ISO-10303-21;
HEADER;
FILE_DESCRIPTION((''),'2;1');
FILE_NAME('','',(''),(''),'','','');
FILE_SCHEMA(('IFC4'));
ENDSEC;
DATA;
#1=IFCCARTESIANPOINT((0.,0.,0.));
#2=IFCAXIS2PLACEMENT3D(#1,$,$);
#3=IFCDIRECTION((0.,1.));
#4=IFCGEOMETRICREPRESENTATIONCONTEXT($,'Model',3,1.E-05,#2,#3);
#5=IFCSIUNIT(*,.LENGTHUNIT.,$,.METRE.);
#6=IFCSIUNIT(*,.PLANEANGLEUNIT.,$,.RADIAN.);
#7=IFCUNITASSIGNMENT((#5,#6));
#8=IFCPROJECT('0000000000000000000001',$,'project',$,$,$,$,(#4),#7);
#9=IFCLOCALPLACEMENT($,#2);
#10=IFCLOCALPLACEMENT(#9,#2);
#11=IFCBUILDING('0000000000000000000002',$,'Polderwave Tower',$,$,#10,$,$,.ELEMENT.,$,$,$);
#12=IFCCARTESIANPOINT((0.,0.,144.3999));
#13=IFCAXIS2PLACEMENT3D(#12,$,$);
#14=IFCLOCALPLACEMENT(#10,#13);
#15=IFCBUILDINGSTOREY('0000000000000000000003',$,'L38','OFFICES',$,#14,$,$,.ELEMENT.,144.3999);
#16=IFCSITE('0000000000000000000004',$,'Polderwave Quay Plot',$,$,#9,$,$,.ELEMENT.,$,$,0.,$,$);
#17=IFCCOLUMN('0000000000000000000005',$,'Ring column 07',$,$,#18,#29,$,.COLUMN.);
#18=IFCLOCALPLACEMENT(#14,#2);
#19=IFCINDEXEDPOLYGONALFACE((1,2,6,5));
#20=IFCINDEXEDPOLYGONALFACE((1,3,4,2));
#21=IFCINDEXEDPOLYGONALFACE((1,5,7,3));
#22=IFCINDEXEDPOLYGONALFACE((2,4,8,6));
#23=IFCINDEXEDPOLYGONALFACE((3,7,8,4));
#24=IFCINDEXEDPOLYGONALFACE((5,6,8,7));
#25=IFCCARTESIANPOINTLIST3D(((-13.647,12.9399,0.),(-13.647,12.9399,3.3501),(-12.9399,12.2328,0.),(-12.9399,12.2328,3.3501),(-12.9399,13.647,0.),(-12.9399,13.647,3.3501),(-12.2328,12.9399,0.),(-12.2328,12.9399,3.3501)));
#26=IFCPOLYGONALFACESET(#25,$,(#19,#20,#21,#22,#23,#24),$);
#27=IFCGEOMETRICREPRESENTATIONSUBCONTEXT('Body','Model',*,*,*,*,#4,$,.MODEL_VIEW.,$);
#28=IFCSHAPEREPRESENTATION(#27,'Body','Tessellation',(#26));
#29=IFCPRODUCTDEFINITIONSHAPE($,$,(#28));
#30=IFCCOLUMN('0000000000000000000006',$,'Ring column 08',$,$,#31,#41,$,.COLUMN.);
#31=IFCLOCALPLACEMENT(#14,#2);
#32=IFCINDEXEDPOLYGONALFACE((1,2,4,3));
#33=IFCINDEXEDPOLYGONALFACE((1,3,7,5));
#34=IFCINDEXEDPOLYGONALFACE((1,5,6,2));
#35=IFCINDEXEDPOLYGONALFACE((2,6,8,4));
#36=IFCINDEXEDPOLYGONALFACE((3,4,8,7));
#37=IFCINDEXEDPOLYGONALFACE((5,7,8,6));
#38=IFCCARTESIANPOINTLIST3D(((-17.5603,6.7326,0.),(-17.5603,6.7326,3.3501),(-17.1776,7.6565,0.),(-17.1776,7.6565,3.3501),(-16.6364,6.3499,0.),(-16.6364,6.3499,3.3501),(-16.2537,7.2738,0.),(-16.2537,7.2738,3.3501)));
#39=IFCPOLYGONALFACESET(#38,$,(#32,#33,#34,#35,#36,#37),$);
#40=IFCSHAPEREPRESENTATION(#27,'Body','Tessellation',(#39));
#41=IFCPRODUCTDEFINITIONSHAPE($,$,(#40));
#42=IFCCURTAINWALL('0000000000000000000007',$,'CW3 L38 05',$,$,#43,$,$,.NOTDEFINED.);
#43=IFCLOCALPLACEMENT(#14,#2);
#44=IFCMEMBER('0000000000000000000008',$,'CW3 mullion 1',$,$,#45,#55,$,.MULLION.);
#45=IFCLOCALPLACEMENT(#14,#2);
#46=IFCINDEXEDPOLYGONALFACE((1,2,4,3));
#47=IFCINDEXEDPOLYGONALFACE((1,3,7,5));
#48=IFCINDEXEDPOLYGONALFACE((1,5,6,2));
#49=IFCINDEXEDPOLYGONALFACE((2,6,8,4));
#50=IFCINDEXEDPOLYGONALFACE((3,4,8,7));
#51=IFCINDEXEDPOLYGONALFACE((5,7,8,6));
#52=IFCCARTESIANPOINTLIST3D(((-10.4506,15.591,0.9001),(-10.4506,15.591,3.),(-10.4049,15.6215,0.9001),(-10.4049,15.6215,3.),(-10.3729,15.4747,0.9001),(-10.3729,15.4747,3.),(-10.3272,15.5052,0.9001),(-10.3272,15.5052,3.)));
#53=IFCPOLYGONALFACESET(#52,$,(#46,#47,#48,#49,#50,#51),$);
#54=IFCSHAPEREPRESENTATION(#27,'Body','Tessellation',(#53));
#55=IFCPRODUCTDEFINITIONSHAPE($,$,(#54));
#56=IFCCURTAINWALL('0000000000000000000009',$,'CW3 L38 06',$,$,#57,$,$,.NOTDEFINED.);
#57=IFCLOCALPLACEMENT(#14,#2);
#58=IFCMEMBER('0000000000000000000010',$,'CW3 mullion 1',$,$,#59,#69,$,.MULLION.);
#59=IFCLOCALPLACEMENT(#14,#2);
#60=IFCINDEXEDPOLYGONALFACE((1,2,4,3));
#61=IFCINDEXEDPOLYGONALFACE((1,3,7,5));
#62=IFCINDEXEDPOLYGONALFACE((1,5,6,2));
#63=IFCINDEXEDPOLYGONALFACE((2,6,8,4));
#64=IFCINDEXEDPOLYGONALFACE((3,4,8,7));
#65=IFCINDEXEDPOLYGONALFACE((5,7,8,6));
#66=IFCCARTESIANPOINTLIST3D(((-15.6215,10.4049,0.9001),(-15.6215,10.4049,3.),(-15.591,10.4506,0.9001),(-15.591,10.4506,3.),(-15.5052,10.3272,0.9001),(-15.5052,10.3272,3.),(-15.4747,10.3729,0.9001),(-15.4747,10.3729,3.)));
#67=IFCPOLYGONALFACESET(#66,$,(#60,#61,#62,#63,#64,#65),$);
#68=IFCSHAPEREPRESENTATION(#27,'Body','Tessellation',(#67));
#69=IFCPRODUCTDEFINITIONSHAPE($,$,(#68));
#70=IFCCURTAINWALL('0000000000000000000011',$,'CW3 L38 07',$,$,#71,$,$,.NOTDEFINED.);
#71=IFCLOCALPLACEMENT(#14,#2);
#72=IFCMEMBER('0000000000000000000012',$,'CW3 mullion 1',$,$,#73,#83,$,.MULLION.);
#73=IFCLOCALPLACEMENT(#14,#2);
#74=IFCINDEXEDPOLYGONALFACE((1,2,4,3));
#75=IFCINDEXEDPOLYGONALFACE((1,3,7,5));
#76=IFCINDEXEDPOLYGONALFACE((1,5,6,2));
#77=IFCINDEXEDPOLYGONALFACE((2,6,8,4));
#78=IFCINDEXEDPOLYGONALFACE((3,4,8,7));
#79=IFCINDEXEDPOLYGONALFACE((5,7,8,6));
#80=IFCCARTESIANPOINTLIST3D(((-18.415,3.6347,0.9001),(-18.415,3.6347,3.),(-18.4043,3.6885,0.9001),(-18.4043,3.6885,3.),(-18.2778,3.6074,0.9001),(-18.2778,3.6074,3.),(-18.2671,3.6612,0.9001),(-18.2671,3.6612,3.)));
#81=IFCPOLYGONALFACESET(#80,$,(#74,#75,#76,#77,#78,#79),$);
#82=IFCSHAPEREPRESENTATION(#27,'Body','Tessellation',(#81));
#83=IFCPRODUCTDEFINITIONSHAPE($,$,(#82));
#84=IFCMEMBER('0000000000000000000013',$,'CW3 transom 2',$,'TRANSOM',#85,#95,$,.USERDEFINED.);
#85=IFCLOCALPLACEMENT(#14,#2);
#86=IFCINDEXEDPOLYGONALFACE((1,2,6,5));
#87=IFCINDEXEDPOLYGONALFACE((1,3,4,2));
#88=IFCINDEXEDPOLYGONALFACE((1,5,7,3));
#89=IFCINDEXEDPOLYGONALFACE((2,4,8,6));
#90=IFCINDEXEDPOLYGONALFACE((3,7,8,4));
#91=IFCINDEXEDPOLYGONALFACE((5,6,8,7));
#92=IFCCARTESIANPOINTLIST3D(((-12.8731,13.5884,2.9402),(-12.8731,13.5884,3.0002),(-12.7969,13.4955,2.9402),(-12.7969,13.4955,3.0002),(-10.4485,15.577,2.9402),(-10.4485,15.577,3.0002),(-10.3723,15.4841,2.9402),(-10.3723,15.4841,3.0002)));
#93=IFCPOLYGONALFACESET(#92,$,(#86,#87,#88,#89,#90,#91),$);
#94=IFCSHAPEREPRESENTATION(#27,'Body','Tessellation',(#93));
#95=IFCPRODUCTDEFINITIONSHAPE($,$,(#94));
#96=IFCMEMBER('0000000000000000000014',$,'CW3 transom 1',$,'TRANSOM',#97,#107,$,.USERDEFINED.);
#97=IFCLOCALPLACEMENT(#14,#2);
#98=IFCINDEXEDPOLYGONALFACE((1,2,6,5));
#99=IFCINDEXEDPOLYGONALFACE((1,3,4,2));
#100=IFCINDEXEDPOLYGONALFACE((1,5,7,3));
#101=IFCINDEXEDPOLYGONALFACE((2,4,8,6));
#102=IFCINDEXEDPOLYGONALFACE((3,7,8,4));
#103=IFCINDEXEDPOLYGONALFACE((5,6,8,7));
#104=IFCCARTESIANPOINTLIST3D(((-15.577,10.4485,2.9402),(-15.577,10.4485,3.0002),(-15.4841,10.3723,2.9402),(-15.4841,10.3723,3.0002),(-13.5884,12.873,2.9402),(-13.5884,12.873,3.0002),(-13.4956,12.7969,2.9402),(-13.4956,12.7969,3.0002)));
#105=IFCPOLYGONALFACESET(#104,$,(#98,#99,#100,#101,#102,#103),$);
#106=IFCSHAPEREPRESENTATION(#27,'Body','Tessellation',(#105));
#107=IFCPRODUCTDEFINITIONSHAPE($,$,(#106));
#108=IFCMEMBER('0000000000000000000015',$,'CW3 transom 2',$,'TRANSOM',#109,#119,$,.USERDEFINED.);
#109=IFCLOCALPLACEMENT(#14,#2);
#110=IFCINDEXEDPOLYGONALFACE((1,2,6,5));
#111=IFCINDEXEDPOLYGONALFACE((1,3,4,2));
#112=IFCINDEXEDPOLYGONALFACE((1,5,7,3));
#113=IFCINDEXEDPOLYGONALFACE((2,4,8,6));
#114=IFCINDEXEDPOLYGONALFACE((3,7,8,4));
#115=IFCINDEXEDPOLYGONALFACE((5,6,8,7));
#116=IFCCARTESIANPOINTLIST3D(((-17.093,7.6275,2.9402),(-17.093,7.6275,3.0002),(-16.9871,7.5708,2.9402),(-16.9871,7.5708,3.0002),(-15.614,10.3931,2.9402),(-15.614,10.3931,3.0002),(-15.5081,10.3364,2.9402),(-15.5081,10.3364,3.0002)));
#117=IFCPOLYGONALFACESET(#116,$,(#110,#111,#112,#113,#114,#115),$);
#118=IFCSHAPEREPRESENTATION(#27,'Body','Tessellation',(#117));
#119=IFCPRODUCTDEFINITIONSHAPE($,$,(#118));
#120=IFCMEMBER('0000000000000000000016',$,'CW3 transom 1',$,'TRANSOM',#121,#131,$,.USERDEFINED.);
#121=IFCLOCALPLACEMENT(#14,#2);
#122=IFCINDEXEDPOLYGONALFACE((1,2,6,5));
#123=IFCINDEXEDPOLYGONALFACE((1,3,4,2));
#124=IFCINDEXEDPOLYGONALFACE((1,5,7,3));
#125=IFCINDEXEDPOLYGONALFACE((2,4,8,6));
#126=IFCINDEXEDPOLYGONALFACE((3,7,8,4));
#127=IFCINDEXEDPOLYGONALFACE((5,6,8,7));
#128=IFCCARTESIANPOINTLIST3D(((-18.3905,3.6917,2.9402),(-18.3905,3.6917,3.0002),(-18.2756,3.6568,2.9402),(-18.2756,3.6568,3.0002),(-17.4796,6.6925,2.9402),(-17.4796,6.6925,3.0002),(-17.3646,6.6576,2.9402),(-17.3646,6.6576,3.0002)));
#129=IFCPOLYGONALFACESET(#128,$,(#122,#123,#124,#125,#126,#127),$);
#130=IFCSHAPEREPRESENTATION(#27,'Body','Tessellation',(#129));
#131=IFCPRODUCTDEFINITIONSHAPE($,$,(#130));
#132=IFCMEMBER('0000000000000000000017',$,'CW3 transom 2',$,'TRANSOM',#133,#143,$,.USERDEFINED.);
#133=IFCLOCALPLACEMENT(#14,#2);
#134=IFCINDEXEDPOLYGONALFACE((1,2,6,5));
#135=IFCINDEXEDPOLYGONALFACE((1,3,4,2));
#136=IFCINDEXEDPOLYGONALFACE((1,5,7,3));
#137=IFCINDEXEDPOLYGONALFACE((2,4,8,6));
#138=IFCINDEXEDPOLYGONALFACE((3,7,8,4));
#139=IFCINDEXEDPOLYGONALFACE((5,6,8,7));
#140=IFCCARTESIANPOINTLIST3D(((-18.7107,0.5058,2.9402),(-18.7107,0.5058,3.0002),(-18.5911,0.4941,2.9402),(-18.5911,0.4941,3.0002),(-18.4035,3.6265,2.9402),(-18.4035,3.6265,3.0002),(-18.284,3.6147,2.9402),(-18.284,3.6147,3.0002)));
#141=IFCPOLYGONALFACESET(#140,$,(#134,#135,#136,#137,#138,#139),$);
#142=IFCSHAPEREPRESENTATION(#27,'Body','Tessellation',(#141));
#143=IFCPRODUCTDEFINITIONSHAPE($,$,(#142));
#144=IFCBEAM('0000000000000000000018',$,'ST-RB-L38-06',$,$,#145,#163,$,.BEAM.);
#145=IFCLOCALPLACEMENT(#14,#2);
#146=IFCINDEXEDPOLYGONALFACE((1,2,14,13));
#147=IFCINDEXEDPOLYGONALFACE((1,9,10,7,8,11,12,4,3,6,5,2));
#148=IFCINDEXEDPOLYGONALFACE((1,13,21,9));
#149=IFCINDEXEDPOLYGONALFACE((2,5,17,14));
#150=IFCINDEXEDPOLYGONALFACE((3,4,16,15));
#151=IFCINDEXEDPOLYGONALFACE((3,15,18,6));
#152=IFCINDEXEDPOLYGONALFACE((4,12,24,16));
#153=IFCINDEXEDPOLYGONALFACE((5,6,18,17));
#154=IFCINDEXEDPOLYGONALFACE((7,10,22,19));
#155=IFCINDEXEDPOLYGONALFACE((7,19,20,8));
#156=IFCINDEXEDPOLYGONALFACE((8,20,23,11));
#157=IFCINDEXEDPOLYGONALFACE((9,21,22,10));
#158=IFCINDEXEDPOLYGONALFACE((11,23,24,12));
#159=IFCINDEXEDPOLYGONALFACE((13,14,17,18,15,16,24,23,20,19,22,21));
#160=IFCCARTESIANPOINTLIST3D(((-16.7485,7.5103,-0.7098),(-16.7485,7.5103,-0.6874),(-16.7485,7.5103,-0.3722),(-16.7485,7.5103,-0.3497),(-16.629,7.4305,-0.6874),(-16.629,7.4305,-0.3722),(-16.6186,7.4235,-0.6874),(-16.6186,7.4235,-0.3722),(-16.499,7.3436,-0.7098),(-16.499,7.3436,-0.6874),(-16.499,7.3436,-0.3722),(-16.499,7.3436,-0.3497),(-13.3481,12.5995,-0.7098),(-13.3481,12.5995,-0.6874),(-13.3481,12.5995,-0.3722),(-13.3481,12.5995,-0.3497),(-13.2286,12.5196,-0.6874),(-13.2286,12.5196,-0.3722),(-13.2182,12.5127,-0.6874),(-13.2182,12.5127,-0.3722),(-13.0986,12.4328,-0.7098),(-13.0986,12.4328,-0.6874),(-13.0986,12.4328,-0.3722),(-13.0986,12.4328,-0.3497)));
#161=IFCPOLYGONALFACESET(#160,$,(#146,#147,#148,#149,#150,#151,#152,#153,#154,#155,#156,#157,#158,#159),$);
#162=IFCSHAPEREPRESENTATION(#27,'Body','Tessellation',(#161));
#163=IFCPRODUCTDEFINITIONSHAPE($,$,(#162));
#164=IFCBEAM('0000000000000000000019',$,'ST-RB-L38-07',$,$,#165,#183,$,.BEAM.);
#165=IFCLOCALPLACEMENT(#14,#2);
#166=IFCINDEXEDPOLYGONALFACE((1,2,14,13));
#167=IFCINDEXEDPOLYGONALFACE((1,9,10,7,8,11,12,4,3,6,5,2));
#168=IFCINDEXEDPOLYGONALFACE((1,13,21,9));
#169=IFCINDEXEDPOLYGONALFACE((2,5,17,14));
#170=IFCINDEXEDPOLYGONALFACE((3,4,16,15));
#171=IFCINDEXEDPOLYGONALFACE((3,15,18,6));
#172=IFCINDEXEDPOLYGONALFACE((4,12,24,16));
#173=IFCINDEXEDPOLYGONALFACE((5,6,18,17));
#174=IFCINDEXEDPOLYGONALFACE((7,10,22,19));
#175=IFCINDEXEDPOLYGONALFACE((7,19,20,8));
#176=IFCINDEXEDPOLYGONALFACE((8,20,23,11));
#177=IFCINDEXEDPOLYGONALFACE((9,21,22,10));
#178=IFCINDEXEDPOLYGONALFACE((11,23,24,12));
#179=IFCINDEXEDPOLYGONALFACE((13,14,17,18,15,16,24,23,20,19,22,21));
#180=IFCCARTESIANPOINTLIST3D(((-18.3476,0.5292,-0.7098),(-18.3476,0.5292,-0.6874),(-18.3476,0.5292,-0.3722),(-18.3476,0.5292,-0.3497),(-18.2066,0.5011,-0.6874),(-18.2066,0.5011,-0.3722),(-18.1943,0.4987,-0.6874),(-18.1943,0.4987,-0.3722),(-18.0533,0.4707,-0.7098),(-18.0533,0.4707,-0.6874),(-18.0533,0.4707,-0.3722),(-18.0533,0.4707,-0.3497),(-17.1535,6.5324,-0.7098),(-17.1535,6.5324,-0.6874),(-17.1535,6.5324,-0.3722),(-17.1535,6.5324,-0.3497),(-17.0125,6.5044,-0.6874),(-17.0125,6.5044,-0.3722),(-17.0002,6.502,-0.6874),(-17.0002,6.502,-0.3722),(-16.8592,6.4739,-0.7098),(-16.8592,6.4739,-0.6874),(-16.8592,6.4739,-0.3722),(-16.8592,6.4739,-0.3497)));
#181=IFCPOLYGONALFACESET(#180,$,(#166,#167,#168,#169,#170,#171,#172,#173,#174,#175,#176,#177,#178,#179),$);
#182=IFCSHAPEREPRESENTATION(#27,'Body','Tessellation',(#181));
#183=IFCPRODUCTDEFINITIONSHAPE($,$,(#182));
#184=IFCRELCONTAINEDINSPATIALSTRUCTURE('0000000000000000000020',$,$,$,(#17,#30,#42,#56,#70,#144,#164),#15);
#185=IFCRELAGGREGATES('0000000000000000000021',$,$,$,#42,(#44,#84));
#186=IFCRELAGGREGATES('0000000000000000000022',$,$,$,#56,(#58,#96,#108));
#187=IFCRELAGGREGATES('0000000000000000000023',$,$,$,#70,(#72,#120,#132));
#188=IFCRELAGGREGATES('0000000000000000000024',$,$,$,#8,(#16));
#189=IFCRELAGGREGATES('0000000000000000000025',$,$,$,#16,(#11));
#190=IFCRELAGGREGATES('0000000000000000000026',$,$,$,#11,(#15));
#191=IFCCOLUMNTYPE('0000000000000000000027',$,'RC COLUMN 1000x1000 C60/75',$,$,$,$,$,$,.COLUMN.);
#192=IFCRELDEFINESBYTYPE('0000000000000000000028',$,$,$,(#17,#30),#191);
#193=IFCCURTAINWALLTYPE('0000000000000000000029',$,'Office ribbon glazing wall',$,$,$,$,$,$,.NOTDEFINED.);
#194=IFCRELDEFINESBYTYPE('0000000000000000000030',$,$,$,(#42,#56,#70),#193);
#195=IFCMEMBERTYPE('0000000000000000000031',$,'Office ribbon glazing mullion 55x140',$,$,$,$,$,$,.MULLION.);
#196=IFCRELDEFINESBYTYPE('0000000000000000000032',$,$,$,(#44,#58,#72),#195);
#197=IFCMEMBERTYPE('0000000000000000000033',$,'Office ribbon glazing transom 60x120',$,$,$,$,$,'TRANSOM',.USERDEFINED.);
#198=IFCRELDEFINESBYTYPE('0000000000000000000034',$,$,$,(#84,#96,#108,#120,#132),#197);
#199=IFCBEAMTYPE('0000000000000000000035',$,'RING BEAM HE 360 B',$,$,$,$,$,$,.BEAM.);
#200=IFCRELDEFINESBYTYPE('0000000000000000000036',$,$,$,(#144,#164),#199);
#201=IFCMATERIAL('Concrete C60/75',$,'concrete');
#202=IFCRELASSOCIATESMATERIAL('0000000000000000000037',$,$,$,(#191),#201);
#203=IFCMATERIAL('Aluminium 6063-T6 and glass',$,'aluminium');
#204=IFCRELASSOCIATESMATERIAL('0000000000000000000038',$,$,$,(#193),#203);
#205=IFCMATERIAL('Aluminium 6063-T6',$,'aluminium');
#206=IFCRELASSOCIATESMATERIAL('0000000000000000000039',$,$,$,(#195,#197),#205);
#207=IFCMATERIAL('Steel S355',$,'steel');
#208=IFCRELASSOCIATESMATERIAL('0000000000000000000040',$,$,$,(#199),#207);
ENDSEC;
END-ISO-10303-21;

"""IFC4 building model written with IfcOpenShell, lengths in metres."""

from ifc_helpers import new_model, si_unit, direction, frame, origin, origin_2d, place, context, subcontext, project, spatial, rectangle, i_section, extrude, material, material_profile, profile_set, type_object, element, aggregate, save


model = new_model("IFC4")

# Units and contexts
model_context = context("Model", 3, precision=1e-05, world=origin(), true_north=direction((0.0, 1.0)))
body_context = subcontext(model_context, "Body", "Model", "MODEL_VIEW")
ifc_project = project(units=[si_unit("LENGTHUNIT", "METRE"), si_unit("PLANEANGLEUNIT", "RADIAN")], contexts=[model_context])

# Site, building, storey
site_placement = place(None, origin())
site = spatial("IfcSite", under=ifc_project, at=site_placement, Name="Polderwave Quay Plot", CompositionType="ELEMENT", RefElevation=0.0)
building_placement = place(site_placement, origin())
building = spatial("IfcBuilding", under=site, at=building_placement, Name="Polderwave Tower", CompositionType="ELEMENT")
storey_placement = place(building_placement, frame((0.0, 0.0, 144.3999)))
storey = spatial("IfcBuildingStorey", under=building, at=storey_placement, Name="L38", Description="OFFICES", CompositionType="ELEMENT", Elevation=144.3999)

# Columns
ifc_material_1 = material(Name="Concrete C60/75", Category="concrete")
ifc_material_profile_1 = material_profile(ifc_material_1, rectangle(XDim=1.0, YDim=1.0, at=origin_2d()), Name="RC 1000x1000")
ifc_profile_set_1 = profile_set([ifc_material_profile_1], Name="Concrete C60/75")
column_type = type_object("IfcColumnType", Name="RC COLUMN 1000x1000 C60/75", PredefinedType="COLUMN", material=ifc_profile_set_1)
for number, where, z_axis, x_axis, name in (
    (1, (-12.9399, 12.9399, 0.0), (0.0, 0.0, 1.0), (-0.707107, 0.707107, 0.0), "Ring column 07"),
    (2, (-16.907, 7.0032, 0.0), (0.0, 0.0, 1.0), (-0.92388, 0.382683, 0.0), "Ring column 08"),
):
    element("IfcColumn", number, at=place(storey_placement, frame(where, z_axis=z_axis, x_axis=x_axis)), inside=storey, type_object=column_type, Name=name, PredefinedType="COLUMN", context=body_context, shape_type="SweptSolid", body=[
        extrude(rectangle(XDim=1.0, YDim=1.0, at=origin_2d()), origin(), (0.0, 0.0, 1.0), 3.3501),
    ])

# Curtain walls, members
ifc_material_2 = material(Name="Aluminium 6063-T6 and glass", Category="aluminium")
curtain_wall_type = type_object("IfcCurtainWallType", Name="Office ribbon glazing wall", PredefinedType="NOTDEFINED", material=ifc_material_2)
curtain_wall_1_placement = place(storey_placement, origin())
curtain_wall_1 = element("IfcCurtainWall", 3, at=curtain_wall_1_placement, inside=storey, type_object=curtain_wall_type, Name="CW3 L38 05", PredefinedType="NOTDEFINED")
ifc_material_3 = material(Name="Aluminium 6063-T6", Category="aluminium")
ifc_material_profile_2 = material_profile(ifc_material_3, rectangle(XDim=0.1399, YDim=0.0549, at=origin_2d()), Name="AL 55x140")
ifc_profile_set_2 = profile_set([ifc_material_profile_2], Name="Aluminium 6063-T6")
member_type_1 = type_object("IfcMemberType", Name="Office ribbon glazing mullion 55x140", PredefinedType="MULLION", material=ifc_profile_set_2)
member_1_placement = place(storey_placement, frame((-10.3889, 15.5481, 0.9001), z_axis=(0.0, 0.0, 1.0), x_axis=(0.555512, -0.831508, 0.0)))
member_1 = element("IfcMember", 4, at=member_1_placement, type_object=member_type_1, Name="CW3 mullion 1", PredefinedType="MULLION", context=body_context, shape_type="SweptSolid", body=[
    extrude(rectangle(XDim=0.1399, YDim=0.0549, at=origin_2d()), origin(), (0.0, 0.0, 1.0), 2.0999),
])
curtain_wall_2_placement = place(storey_placement, origin())
curtain_wall_2 = element("IfcCurtainWall", 5, at=curtain_wall_2_placement, inside=storey, type_object=curtain_wall_type, Name="CW3 L38 06", PredefinedType="NOTDEFINED")
member_2_placement = place(storey_placement, frame((-15.5481, 10.3889, 0.9001), z_axis=(0.0, 0.0, 1.0), x_axis=(0.831508, -0.555512, 0.0)))
member_2 = element("IfcMember", 6, at=member_2_placement, type_object=member_type_1, Name="CW3 mullion 1", PredefinedType="MULLION", context=body_context, shape_type="SweptSolid", body=[
    extrude(rectangle(XDim=0.1399, YDim=0.0549, at=origin_2d()), origin(), (0.0, 0.0, 1.0), 2.0999),
])
curtain_wall_3_placement = place(storey_placement, origin())
curtain_wall_3 = element("IfcCurtainWall", 7, at=curtain_wall_3_placement, inside=storey, type_object=curtain_wall_type, Name="CW3 L38 07", PredefinedType="NOTDEFINED")
member_3_placement = place(storey_placement, frame((-18.3411, 3.6479, 0.9001), z_axis=(0.0, 0.0, 1.0), x_axis=(0.980764, -0.195196, 0.0)))
member_3 = element("IfcMember", 8, at=member_3_placement, type_object=member_type_1, Name="CW3 mullion 1", PredefinedType="MULLION", context=body_context, shape_type="SweptSolid", body=[
    extrude(rectangle(XDim=0.1399, YDim=0.0549, at=origin_2d()), origin(), (0.0, 0.0, 1.0), 2.0999),
])

# Members
ifc_material_profile_3 = material_profile(ifc_material_3, rectangle(XDim=0.1201, YDim=0.0601, at=origin_2d()), Name="AL 60x120")
ifc_profile_set_3 = profile_set([ifc_material_profile_3], Name="Aluminium 6063-T6")
member_type_2 = type_object("IfcMemberType", Name="Office ribbon glazing transom 60x120", ElementType="TRANSOM", PredefinedType="USERDEFINED", material=ifc_profile_set_3)
member_4_placement = place(storey_placement, frame((-10.4104, 15.5305, 2.9702), z_axis=(-0.773207, -0.634153, 0.0), x_axis=(0.634153, -0.773207, 0.0)))
member_4 = element("IfcMember", 9, at=member_4_placement, type_object=member_type_2, Name="CW3 transom 2", ObjectType="TRANSOM", PredefinedType="USERDEFINED", context=body_context, shape_type="SweptSolid", body=[
    extrude(rectangle(XDim=0.1201, YDim=0.0601, at=origin_2d()), origin(), (0.0, 0.0, 1.0), 3.1357),
])
member_5_placement = place(storey_placement, frame((-13.542, 12.835, 2.9702), z_axis=(-0.634153, -0.773207, 0.0), x_axis=(0.773207, -0.634153, 0.0)))
member_5 = element("IfcMember", 10, at=member_5_placement, type_object=member_type_2, Name="CW3 transom 1", ObjectType="TRANSOM", PredefinedType="USERDEFINED", context=body_context, shape_type="SweptSolid", body=[
    extrude(rectangle(XDim=0.1201, YDim=0.0601, at=origin_2d()), origin(), (0.0, 0.0, 1.0), 3.1357),
])
member_6_placement = place(storey_placement, frame((-15.561, 10.3647, 2.9702), z_axis=(-0.471582, -0.881822, 0.0), x_axis=(0.881822, -0.471582, 0.0)))
member_6 = element("IfcMember", 11, at=member_6_placement, type_object=member_type_2, Name="CW3 transom 2", ObjectType="TRANSOM", PredefinedType="USERDEFINED", context=body_context, shape_type="SweptSolid", body=[
    extrude(rectangle(XDim=0.1201, YDim=0.0601, at=origin_2d()), origin(), (0.0, 0.0, 1.0), 3.1362),
])
member_7_placement = place(storey_placement, frame((-17.4221, 6.675, 2.9702), z_axis=(-0.290468, -0.956885, 0.0), x_axis=(0.956885, -0.290468, 0.0)))
member_7 = element("IfcMember", 12, at=member_7_placement, type_object=member_type_2, Name="CW3 transom 1", ObjectType="TRANSOM", PredefinedType="USERDEFINED", context=body_context, shape_type="SweptSolid", body=[
    extrude(rectangle(XDim=0.1201, YDim=0.0601, at=origin_2d()), origin(), (0.0, 0.0, 1.0), 3.136),
])
member_8_placement = place(storey_placement, frame((-18.3438, 3.6206, 2.9702), z_axis=(-0.097946, -0.995192, 0.0), x_axis=(0.995192, -0.097946, 0.0)))
member_8 = element("IfcMember", 13, at=member_8_placement, type_object=member_type_2, Name="CW3 transom 2", ObjectType="TRANSOM", PredefinedType="USERDEFINED", context=body_context, shape_type="SweptSolid", body=[
    extrude(rectangle(XDim=0.1201, YDim=0.0601, at=origin_2d()), origin(), (0.0, 0.0, 1.0), 3.1357),
])

# Beams
ifc_material_4 = material(Name="Steel S355", Category="steel")
ifc_material_profile_4 = material_profile(ifc_material_4, i_section(OverallWidth=0.3, OverallDepth=0.3601, WebThickness=0.0125, FlangeThickness=0.0225, at=origin_2d()), Name="HE 360 B")
ifc_profile_set_4 = profile_set([ifc_material_profile_4], Name="Steel S355")
beam_type = type_object("IfcBeamType", Name="RING BEAM HE 360 B", PredefinedType="BEAM", material=ifc_profile_set_4)
beam_1_placement = place(storey_placement, frame((-13.2234, 12.5161, -0.5298), z_axis=(-0.555565, -0.831473, 0.0), x_axis=(0.831473, -0.555565, 0.0)))
element("IfcBeam", 14, at=beam_1_placement, inside=storey, type_object=beam_type, Name="ST-RB-L38-06", PredefinedType="BEAM", context=body_context, shape_type="SweptSolid", body=[
    extrude(i_section(OverallWidth=0.3, OverallDepth=0.3601, WebThickness=0.0125, FlangeThickness=0.0225, at=origin_2d()), origin(), (0.0, 0.0, 1.0), 6.1206),
])
beam_2_placement = place(storey_placement, frame((-17.0063, 6.5032, -0.5298), z_axis=(-0.195088, -0.980786, 0.0), x_axis=(0.980786, -0.195088, 0.0)))
element("IfcBeam", 15, at=beam_2_placement, inside=storey, type_object=beam_type, Name="ST-RB-L38-07", PredefinedType="BEAM", context=body_context, shape_type="SweptSolid", body=[
    extrude(i_section(OverallWidth=0.3, OverallDepth=0.3601, WebThickness=0.0125, FlangeThickness=0.0225, at=origin_2d()), origin(), (0.0, 0.0, 1.0), 6.1208),
])

aggregate(curtain_wall_1, [member_1, member_4])
aggregate(curtain_wall_2, [member_2, member_5, member_6])
aggregate(curtain_wall_3, [member_3, member_7, member_8])

save(model, "model.ifc")
